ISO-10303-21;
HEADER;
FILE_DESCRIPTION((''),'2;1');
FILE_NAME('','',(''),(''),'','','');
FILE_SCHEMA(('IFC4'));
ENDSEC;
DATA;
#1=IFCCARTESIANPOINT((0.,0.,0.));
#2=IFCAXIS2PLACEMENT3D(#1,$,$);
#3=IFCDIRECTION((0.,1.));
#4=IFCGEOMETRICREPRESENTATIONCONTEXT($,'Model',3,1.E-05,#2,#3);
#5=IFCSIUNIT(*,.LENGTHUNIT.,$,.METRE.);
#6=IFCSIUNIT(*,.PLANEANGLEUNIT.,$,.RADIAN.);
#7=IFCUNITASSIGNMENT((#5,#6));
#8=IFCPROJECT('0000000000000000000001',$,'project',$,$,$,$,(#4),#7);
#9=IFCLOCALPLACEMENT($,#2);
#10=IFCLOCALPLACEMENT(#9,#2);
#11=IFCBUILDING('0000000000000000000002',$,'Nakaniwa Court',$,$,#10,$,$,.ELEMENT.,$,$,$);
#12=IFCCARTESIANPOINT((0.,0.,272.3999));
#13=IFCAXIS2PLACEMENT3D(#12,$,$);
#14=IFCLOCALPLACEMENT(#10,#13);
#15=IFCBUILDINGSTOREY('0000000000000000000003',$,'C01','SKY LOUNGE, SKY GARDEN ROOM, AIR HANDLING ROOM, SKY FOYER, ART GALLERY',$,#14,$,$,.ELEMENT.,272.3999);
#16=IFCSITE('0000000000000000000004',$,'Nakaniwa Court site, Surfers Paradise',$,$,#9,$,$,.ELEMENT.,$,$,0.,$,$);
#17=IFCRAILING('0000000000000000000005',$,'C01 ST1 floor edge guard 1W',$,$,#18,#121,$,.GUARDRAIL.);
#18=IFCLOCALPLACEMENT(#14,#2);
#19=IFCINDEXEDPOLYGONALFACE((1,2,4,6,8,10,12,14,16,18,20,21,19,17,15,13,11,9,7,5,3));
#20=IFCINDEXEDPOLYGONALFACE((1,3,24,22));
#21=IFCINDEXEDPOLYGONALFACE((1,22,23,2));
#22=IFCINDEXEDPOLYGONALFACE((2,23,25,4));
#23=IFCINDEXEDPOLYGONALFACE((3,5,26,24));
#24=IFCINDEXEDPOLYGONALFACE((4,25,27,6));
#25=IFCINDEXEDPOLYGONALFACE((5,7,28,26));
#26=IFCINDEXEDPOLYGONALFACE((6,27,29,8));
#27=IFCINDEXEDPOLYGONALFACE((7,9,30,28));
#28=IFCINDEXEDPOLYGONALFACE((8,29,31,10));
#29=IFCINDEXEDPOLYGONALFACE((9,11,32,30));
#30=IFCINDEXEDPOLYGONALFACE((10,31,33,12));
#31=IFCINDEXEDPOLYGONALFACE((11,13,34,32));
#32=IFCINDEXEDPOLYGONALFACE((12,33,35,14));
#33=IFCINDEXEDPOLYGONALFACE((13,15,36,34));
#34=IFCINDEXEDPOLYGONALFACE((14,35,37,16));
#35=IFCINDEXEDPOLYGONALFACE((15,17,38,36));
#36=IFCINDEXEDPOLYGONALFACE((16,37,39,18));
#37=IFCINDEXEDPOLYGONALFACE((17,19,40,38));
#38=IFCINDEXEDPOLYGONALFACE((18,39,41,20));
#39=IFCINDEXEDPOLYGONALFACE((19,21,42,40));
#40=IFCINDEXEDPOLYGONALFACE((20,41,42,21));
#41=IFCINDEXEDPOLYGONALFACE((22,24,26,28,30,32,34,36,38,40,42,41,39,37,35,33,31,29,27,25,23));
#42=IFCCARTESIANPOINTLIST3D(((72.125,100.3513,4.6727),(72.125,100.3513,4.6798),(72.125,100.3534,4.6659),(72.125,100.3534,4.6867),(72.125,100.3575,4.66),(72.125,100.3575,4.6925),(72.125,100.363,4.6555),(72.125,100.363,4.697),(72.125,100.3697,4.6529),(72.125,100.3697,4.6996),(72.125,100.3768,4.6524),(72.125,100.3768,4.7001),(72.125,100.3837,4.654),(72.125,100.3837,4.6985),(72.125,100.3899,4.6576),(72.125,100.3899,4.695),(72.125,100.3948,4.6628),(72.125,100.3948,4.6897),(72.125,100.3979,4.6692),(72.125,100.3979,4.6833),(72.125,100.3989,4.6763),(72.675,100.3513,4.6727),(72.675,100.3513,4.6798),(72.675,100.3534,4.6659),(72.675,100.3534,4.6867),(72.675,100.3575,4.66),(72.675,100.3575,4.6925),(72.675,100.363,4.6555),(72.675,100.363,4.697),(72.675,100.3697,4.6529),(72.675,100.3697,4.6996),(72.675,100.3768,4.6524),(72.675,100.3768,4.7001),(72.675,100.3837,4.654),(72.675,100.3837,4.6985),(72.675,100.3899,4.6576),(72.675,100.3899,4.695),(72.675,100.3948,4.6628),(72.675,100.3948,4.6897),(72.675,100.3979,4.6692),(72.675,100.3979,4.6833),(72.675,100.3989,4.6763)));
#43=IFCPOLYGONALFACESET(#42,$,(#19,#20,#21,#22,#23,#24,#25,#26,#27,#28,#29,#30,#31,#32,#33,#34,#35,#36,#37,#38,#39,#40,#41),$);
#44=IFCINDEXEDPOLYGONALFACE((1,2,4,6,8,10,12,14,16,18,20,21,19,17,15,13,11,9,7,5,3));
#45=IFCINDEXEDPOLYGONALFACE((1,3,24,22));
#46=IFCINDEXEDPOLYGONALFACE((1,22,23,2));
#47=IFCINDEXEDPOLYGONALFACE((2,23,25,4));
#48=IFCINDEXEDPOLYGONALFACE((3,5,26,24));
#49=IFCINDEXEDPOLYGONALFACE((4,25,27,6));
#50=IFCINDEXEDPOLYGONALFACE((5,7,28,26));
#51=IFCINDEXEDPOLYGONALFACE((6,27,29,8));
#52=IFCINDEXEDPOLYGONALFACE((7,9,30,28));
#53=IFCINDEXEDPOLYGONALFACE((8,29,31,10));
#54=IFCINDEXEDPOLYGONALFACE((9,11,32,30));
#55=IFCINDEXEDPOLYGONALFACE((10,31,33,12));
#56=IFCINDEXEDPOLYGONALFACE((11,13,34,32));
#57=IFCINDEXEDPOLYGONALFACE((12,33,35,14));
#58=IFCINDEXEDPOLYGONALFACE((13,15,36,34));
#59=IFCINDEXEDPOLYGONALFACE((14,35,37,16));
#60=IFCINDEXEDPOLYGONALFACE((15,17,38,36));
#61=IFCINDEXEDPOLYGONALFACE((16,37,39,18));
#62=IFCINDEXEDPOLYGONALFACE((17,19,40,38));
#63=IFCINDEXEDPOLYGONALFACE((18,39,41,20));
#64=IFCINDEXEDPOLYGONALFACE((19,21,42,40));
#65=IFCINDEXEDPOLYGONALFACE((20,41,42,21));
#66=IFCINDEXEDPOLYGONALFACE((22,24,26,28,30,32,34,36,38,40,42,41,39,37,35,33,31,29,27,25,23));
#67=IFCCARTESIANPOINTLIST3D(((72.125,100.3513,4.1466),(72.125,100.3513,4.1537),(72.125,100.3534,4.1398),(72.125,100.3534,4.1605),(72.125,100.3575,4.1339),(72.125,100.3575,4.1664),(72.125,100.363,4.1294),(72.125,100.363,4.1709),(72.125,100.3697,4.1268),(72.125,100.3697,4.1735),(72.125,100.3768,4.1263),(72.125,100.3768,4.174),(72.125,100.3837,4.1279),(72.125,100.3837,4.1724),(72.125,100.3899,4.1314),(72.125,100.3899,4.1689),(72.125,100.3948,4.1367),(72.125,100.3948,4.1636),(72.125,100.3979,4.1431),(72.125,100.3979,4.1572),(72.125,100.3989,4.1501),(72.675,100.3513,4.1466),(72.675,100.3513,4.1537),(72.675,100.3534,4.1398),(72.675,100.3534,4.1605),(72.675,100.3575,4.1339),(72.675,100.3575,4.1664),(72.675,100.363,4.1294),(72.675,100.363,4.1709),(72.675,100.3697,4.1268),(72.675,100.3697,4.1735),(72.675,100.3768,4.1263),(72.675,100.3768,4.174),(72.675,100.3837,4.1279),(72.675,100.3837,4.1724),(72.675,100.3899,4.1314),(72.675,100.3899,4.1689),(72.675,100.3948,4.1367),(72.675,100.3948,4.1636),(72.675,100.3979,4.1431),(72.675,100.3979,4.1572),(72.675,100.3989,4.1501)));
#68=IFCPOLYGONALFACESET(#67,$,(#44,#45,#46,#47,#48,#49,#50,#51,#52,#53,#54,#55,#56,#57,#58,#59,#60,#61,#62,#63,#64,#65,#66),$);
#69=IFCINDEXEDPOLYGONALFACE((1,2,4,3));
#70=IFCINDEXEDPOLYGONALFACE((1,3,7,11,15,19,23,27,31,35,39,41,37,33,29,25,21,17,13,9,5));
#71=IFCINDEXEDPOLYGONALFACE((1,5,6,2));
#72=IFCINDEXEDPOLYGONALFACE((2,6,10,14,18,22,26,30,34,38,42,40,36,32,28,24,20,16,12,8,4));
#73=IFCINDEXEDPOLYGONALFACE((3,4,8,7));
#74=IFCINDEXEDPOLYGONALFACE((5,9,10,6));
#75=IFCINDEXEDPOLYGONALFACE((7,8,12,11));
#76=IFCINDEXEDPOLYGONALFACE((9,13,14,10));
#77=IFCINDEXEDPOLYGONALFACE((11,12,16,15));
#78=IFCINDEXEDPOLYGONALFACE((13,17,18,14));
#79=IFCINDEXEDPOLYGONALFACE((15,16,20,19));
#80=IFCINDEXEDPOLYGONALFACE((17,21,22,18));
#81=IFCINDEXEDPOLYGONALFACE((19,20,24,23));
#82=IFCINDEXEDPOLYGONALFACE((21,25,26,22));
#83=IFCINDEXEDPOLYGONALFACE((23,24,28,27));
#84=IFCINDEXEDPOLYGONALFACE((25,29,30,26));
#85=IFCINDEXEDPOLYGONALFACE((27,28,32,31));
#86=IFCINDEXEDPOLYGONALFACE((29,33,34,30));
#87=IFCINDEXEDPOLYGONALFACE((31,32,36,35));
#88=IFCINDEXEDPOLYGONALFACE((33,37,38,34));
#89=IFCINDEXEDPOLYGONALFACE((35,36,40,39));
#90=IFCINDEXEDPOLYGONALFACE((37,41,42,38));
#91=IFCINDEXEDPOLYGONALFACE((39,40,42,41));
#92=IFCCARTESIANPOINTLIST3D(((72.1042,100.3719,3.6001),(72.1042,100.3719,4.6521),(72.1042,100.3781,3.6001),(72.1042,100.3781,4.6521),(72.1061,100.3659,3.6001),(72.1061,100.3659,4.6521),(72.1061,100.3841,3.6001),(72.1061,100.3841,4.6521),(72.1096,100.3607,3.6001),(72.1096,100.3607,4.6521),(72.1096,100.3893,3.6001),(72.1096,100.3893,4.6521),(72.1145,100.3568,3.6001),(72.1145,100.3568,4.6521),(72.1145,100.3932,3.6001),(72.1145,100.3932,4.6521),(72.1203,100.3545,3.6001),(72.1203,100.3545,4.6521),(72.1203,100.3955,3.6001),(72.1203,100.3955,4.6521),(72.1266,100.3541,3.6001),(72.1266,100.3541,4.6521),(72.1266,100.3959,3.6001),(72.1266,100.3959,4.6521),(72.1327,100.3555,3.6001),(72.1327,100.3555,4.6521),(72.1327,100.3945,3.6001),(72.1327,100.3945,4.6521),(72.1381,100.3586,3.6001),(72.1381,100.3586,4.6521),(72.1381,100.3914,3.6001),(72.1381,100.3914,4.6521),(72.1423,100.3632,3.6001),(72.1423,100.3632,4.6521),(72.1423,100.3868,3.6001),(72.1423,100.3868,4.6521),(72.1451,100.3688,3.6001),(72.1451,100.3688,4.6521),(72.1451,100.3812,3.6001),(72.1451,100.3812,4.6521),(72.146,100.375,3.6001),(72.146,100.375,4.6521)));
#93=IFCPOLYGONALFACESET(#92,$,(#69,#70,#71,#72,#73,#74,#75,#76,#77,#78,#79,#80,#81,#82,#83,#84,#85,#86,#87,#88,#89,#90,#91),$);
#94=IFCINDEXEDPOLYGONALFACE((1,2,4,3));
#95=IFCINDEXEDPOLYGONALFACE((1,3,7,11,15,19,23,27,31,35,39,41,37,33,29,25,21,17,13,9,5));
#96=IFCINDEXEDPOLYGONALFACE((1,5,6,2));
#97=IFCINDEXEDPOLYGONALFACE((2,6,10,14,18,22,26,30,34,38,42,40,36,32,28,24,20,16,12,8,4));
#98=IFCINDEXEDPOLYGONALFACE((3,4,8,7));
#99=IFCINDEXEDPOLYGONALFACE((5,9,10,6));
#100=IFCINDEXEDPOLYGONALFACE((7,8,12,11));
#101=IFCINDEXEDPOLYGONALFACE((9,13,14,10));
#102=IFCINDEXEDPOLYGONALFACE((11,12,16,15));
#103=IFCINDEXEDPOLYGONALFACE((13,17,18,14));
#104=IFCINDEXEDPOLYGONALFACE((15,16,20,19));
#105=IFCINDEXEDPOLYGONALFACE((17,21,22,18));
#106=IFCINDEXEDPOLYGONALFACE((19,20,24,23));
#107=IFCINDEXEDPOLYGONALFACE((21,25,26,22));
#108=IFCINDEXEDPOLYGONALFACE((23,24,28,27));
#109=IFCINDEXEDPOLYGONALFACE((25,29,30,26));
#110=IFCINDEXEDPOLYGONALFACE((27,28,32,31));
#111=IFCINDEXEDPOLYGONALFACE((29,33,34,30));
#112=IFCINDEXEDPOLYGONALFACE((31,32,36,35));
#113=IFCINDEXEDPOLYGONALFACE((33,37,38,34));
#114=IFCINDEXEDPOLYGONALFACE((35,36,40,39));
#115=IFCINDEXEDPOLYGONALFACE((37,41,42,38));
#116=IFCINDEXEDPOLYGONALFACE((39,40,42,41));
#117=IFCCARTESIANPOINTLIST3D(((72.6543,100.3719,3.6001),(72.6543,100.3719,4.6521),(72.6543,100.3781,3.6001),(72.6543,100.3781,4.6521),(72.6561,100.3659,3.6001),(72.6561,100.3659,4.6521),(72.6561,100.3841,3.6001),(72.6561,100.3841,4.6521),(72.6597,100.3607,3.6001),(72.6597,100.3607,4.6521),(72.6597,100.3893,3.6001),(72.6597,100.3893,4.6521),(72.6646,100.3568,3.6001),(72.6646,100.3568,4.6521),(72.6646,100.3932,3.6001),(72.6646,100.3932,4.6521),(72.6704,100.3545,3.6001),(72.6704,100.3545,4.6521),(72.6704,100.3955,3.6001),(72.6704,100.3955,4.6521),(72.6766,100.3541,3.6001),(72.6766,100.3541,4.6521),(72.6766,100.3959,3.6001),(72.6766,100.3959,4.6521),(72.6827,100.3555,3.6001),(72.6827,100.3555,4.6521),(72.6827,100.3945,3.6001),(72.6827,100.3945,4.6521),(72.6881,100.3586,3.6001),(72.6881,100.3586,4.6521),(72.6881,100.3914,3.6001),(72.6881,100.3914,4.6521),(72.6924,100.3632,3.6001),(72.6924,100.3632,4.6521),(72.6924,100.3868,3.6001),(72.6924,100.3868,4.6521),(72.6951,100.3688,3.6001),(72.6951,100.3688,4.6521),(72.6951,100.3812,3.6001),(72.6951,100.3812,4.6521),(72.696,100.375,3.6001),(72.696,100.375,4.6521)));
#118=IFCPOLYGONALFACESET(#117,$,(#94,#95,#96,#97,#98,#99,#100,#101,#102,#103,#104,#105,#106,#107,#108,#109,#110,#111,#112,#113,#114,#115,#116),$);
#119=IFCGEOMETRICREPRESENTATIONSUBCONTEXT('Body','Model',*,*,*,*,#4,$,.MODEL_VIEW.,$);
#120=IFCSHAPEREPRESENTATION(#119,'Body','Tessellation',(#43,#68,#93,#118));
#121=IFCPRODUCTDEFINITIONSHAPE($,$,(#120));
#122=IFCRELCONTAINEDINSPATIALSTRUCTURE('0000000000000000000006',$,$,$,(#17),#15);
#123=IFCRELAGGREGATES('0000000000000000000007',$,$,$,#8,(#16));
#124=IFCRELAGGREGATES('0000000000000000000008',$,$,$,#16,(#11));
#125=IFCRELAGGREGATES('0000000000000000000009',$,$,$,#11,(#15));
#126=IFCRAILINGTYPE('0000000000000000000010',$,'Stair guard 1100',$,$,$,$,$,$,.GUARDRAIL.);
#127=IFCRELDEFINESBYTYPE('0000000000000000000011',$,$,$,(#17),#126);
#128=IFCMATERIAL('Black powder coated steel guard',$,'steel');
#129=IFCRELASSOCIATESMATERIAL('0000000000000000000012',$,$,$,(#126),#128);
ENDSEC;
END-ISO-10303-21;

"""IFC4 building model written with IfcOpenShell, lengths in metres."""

from ifc_helpers import new_model, si_unit, direction, frame, origin, origin_2d, place, context, subcontext, project, spatial, circle, extrude, material, type_object, element, save


model = new_model("IFC4")

# Units and contexts
model_context = context("Model", 3, precision=1e-05, world=origin(), true_north=direction((0.0, 1.0)))
body_context = subcontext(model_context, "Body", "Model", "MODEL_VIEW")
ifc_project = project(units=[si_unit("LENGTHUNIT", "METRE"), si_unit("PLANEANGLEUNIT", "RADIAN")], contexts=[model_context])

# Site, building, storey
site_placement = place(None, origin())
site = spatial("IfcSite", under=ifc_project, at=site_placement, Name="Nakaniwa Court site, Surfers Paradise", CompositionType="ELEMENT", RefElevation=0.0)
building_placement = place(site_placement, origin())
building = spatial("IfcBuilding", under=site, at=building_placement, Name="Nakaniwa Court", CompositionType="ELEMENT")
storey_placement = place(building_placement, frame((0.0, 0.0, 272.3999)))
storey = spatial("IfcBuildingStorey", under=building, at=storey_placement, Name="C01", Description="SKY LOUNGE, SKY GARDEN ROOM, AIR HANDLING ROOM, SKY FOYER, ART GALLERY", CompositionType="ELEMENT", Elevation=272.3999)

# Railing
ifc_material_1 = material(Name="Black powder coated steel guard", Category="steel")
railing_type_1 = type_object("IfcRailingType", Name="Stair guard 1100", PredefinedType="GUARDRAIL", material=ifc_material_1)
for number, where, name in (
    (1, (72.125, 100.375, 3.6001), "C01 ST1 floor edge guard 1W"),
):
    element("IfcRailing", number, at=place(storey_placement, frame(where)), inside=storey, type_object=railing_type_1, Name=name, PredefinedType="GUARDRAIL", context=body_context, shape_type="SweptSolid", body=[
        extrude(circle(Radius=0.0239, at=origin_2d()), frame((0.0, 0.0, 1.0762), z_axis=(1.0, 0.0, 0.0), x_axis=(0.0, 1.0, 0.0)), (0.0, 0.0, 1.0), 0.55),
        extrude(circle(Radius=0.0239, at=origin_2d()), frame((0.0, 0.0, 0.55), z_axis=(1.0, 0.0, 0.0), x_axis=(0.0, 1.0, 0.0)), (0.0, 0.0, 1.0), 0.55),
        extrude(circle(Radius=0.021, at=origin_2d()), origin(), (0.0, 0.0, 1.0), 1.052),
        extrude(circle(Radius=0.021, at=origin_2d()), frame((0.55, 0.0, 0.0)), (0.0, 0.0, 1.0), 1.052),
    ])

save(model, "model.ifc")
